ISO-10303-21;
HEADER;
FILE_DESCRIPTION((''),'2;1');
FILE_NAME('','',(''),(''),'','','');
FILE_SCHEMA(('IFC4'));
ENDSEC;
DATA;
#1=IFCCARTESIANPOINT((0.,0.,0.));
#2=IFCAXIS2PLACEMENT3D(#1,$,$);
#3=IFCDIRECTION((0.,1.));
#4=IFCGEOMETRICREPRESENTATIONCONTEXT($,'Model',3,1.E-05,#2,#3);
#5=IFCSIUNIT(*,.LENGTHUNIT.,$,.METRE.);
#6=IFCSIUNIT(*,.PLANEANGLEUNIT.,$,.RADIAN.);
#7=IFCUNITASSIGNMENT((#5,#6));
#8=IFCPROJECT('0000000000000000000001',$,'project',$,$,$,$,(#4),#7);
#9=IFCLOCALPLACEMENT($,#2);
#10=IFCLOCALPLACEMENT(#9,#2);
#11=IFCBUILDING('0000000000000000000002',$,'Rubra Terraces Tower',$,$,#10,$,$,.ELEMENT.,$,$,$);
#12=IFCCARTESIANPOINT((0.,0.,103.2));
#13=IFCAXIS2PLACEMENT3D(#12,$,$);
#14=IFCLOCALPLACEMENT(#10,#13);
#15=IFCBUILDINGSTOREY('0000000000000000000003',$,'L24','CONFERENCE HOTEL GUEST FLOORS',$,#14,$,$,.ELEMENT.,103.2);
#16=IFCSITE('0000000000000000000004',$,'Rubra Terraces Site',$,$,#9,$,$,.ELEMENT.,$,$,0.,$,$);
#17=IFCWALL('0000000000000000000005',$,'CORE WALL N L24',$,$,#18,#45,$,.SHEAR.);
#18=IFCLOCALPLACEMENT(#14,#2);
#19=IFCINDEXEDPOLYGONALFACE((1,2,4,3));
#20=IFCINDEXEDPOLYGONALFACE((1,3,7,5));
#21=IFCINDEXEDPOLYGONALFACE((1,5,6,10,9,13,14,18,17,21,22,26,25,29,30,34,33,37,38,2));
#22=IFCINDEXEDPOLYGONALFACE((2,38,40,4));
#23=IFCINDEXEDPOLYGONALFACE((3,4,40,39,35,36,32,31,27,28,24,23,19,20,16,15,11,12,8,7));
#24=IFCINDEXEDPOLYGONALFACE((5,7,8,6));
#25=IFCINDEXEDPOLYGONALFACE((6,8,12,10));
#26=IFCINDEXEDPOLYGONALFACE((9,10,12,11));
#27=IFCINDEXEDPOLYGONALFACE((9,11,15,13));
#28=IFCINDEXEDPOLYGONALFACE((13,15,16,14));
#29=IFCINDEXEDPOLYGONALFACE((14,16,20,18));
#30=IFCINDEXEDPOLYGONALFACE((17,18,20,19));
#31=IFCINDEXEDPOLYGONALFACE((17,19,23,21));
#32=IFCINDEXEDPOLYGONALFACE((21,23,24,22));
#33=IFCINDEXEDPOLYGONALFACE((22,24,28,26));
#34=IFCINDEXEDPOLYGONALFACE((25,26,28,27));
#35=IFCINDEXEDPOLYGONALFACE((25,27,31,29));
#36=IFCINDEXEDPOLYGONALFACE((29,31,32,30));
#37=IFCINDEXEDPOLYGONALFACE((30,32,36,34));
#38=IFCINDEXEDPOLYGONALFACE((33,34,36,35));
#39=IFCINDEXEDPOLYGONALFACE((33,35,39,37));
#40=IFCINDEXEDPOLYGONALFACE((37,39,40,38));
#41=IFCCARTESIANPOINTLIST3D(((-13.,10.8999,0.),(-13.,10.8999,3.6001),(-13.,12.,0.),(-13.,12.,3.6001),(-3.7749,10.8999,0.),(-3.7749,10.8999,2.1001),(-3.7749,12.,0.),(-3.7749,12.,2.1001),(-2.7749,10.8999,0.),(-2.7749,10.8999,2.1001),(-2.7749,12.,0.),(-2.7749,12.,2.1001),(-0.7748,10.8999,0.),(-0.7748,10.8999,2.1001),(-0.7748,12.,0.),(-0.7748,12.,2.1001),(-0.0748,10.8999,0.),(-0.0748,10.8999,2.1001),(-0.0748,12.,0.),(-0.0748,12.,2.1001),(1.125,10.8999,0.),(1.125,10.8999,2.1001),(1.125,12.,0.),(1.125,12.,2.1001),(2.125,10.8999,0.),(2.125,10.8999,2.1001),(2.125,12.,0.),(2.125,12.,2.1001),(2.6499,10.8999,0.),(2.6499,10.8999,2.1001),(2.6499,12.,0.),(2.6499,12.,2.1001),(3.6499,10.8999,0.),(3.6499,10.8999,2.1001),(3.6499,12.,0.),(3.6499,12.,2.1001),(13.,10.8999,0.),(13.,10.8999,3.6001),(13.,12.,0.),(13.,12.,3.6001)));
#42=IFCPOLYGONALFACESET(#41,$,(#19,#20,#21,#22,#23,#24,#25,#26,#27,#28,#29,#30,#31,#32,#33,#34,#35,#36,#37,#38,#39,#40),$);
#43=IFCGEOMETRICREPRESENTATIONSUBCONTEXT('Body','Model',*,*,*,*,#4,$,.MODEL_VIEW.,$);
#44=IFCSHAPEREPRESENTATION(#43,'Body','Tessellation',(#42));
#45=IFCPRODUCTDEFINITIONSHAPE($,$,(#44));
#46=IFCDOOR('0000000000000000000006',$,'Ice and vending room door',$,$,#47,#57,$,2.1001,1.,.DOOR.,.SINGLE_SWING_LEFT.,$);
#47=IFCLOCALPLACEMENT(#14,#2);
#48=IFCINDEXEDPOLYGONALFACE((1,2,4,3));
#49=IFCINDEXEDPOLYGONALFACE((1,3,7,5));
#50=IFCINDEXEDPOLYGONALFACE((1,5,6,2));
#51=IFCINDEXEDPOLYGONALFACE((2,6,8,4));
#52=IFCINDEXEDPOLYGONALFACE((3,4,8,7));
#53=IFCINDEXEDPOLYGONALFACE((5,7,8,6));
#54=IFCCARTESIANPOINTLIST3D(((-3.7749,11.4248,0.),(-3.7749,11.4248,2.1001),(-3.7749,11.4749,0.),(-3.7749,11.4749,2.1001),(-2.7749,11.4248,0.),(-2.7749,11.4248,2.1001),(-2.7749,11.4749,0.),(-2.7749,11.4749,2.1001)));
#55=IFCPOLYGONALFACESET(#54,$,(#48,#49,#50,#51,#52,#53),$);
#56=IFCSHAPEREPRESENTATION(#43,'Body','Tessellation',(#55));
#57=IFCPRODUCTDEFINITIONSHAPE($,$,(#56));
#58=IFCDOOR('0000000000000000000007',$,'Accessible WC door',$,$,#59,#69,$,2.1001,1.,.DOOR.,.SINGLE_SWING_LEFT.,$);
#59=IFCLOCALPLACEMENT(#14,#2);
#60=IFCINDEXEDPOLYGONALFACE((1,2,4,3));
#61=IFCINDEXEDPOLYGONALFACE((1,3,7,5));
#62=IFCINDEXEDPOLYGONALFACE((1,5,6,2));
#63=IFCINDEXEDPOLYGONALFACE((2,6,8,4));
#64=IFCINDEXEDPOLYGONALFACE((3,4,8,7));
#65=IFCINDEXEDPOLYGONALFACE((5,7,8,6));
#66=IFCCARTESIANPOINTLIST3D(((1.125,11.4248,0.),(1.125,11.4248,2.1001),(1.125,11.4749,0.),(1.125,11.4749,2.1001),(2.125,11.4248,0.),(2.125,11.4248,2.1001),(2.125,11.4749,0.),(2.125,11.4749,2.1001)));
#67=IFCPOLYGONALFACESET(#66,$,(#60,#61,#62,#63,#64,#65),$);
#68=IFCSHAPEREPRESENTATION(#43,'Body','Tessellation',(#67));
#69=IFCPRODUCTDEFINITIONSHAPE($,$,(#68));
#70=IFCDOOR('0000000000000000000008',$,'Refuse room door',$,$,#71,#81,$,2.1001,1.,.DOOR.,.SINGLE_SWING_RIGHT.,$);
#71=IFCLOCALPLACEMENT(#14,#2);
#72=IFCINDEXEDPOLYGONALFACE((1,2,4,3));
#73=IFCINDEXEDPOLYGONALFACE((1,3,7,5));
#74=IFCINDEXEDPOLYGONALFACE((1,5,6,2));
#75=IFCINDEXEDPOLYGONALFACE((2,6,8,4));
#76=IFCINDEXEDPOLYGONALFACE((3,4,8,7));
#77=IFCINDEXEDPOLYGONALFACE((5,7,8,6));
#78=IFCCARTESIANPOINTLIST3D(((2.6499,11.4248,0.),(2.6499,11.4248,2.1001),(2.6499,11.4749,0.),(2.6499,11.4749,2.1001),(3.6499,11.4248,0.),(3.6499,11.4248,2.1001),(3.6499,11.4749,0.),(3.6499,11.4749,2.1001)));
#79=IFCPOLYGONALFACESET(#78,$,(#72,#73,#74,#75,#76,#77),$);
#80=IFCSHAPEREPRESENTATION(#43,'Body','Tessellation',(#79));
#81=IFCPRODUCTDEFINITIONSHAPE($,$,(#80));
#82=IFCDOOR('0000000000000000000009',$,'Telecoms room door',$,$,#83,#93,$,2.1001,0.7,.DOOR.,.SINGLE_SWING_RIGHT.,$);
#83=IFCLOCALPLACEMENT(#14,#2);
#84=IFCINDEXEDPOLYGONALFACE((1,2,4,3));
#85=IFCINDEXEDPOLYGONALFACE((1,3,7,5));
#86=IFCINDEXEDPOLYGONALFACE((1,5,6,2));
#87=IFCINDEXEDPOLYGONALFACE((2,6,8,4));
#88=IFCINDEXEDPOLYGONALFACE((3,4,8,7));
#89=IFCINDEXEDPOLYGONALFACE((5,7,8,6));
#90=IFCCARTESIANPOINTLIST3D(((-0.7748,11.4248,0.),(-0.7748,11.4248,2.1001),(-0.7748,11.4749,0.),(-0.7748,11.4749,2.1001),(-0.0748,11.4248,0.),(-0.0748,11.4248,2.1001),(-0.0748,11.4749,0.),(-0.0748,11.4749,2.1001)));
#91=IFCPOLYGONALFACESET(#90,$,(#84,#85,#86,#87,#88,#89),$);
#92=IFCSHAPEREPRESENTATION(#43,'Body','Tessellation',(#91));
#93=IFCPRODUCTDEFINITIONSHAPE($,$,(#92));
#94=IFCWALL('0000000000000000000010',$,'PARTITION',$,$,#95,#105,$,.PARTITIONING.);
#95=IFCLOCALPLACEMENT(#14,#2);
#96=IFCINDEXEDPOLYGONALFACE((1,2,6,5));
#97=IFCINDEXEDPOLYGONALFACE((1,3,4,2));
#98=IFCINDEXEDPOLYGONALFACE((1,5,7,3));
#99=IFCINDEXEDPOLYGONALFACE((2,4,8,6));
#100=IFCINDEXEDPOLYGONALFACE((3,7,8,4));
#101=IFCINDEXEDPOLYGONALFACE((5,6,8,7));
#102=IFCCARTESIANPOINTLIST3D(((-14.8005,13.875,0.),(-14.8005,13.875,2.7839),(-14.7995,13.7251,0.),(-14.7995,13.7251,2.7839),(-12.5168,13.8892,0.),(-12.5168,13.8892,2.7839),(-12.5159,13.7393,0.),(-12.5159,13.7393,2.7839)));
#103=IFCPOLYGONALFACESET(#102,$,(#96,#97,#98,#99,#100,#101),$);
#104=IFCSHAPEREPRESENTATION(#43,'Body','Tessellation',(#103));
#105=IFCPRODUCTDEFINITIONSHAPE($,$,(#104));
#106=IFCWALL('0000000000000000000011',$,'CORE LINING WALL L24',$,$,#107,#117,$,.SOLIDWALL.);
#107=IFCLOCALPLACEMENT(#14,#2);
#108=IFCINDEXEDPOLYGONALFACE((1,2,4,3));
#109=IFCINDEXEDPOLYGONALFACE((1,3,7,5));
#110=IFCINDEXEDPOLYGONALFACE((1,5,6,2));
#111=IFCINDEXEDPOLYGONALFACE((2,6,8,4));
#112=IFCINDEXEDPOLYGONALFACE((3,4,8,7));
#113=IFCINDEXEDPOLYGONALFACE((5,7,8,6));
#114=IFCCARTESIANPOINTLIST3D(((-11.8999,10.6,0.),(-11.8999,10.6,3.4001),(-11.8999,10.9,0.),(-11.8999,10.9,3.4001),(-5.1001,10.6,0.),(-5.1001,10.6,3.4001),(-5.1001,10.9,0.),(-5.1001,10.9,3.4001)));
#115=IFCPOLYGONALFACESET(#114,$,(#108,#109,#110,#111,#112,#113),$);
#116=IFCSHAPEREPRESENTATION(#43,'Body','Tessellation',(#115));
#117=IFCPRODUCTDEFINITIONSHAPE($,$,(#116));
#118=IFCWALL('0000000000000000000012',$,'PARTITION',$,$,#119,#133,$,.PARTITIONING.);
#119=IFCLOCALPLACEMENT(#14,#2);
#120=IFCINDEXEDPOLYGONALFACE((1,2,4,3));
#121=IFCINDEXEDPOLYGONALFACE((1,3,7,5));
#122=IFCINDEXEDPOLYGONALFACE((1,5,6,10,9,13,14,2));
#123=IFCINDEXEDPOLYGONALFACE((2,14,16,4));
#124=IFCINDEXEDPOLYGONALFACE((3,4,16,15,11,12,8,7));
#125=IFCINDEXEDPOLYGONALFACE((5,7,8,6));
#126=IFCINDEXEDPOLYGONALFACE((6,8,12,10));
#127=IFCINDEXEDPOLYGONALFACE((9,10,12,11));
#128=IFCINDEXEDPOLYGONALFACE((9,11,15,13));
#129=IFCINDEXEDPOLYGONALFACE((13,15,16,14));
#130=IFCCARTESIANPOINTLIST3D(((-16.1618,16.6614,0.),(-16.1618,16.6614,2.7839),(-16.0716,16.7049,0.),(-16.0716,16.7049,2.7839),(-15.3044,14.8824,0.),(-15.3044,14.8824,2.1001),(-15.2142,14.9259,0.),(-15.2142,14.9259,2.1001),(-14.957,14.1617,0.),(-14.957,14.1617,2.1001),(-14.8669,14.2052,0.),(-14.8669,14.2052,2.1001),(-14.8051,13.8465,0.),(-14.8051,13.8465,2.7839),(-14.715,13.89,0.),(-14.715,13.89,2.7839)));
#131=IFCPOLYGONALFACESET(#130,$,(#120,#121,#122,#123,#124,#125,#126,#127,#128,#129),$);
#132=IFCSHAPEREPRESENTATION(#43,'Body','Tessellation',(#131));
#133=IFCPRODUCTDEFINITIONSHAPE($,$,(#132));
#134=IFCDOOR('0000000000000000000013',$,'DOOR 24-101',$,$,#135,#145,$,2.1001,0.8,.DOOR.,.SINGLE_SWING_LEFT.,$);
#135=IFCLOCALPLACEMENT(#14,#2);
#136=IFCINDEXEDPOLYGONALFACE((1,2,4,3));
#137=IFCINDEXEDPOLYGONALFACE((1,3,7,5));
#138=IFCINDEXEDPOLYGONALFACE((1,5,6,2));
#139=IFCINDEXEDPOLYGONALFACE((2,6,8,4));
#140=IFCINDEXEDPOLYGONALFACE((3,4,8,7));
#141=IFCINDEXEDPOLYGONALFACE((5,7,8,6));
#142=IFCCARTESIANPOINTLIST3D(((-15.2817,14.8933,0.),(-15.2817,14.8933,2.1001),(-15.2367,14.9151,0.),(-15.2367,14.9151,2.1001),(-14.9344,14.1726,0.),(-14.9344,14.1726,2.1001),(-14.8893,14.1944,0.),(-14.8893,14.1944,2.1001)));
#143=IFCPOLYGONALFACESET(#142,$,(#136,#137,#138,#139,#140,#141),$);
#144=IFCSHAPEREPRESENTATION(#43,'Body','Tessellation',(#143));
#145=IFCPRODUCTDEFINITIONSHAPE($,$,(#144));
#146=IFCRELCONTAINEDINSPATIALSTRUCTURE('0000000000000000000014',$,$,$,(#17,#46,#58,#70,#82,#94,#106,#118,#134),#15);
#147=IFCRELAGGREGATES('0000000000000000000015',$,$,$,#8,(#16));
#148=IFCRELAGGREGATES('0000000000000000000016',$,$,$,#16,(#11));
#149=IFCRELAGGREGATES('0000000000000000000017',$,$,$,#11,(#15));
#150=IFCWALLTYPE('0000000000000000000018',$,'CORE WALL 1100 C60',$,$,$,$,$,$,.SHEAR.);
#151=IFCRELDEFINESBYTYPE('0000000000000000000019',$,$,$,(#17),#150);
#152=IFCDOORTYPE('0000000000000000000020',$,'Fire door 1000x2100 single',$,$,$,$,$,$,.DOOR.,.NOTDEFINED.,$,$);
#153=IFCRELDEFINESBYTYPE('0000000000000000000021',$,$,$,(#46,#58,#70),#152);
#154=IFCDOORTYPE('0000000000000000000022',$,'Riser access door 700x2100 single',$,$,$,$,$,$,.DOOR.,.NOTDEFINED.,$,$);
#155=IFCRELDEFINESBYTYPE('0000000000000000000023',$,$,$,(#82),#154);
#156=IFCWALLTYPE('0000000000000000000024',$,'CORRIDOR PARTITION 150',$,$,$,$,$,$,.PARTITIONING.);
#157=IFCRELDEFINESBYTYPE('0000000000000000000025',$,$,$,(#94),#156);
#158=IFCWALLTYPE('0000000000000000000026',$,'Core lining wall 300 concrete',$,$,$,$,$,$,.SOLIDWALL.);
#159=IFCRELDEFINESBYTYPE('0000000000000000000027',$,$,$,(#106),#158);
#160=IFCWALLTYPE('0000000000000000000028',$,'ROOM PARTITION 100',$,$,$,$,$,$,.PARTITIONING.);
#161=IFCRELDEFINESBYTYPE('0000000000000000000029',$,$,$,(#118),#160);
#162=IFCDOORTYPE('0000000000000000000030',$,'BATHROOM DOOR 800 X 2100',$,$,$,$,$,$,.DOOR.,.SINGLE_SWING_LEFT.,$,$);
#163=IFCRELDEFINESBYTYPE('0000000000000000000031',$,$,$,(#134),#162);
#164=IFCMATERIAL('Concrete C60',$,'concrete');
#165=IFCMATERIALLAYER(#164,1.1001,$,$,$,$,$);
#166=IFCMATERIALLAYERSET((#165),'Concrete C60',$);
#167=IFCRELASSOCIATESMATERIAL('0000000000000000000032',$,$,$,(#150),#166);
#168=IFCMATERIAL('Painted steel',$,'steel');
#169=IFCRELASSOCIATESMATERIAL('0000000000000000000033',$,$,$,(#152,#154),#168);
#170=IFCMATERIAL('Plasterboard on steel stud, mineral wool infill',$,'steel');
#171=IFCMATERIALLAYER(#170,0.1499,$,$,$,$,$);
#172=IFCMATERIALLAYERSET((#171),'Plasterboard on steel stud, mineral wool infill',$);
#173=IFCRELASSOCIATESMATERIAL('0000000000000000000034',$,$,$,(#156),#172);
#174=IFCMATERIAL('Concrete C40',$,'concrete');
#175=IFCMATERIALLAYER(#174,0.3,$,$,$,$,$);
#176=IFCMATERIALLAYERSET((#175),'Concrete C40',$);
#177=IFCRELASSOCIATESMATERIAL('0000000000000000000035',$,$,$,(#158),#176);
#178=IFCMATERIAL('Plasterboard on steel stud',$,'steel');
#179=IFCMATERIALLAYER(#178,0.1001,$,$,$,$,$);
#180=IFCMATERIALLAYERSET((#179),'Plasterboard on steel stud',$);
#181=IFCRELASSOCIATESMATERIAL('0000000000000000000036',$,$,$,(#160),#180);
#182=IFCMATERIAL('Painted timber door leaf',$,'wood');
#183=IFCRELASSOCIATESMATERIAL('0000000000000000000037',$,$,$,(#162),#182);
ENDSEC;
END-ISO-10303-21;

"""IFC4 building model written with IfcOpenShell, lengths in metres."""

from ifc_helpers import new_model, si_unit, direction, frame, frame_2d, origin, place, context, subcontext, project, spatial, rectangle, extrude, material, layer, layer_set, type_object, element, fill, save


model = new_model("IFC4")

# Units and contexts
model_context = context("Model", 3, precision=1e-05, world=origin(), true_north=direction((0.0, 1.0)))
body_context = subcontext(model_context, "Body", "Model", "MODEL_VIEW")
ifc_project = project(units=[si_unit("LENGTHUNIT", "METRE"), si_unit("PLANEANGLEUNIT", "RADIAN")], contexts=[model_context])

# Site, building, storey
site_placement = place(None, origin())
site = spatial("IfcSite", under=ifc_project, at=site_placement, Name="Rubra Terraces Site", CompositionType="ELEMENT", RefElevation=0.0)
building_placement = place(site_placement, origin())
building = spatial("IfcBuilding", under=site, at=building_placement, Name="Rubra Terraces Tower", CompositionType="ELEMENT")
storey_placement = place(building_placement, frame((0.0, 0.0, 103.2)))
storey = spatial("IfcBuildingStorey", under=building, at=storey_placement, Name="L24", Description="CONFERENCE HOTEL GUEST FLOORS", CompositionType="ELEMENT", Elevation=103.2)

# Shared definitions
ifc_material_1 = material(Name="Concrete C60", Category="concrete")

# Wall, openings, doors
ifc_layer_1 = layer(ifc_material_1, 1.1001)
ifc_layer_set_1 = layer_set([ifc_layer_1], Name="Concrete C60")
wall_type_1 = type_object("IfcWallType", Name="CORE WALL 1100 C60", PredefinedType="SHEAR", material=ifc_layer_set_1)
wall_1_placement = place(storey_placement, frame((-13.0, 11.45, 0.0), z_axis=(0.0, 0.0, 1.0), x_axis=(1.0, 0.0, 0.0)))
wall_1 = element("IfcWall", 1, at=wall_1_placement, inside=storey, type_object=wall_type_1, Name="CORE WALL N L24", PredefinedType="SHEAR", context=body_context, shape_type="SweptSolid", body=[
    extrude(rectangle(XDim=26.0, YDim=1.1001, at=frame_2d((13.0, 0.0))), origin(), (0.0, 0.0, 1.0), 3.6001),
])
opening_1_placement = place(wall_1_placement, frame((9.2251, 0.0, 0.0)))
opening_1 = element("IfcOpeningElement", 2, at=opening_1_placement, cuts=wall_1, PredefinedType="OPENING", context=body_context, shape_type="SweptSolid", body=[
    extrude(rectangle(XDim=1.0, YDim=2.1001, at=frame_2d((0.5, 1.05))), frame((0.0, 0.5601, 0.0), z_axis=(0.0, -1.0, 0.0), x_axis=(1.0, 0.0, 0.0)), (0.0, 0.0, 1.0), 1.1201),
])
opening_2_placement = place(wall_1_placement, frame((12.2251, 0.0, 0.0)))
opening_2 = element("IfcOpeningElement", 3, at=opening_2_placement, cuts=wall_1, PredefinedType="OPENING", context=body_context, shape_type="SweptSolid", body=[
    extrude(rectangle(XDim=0.7, YDim=2.1001, at=frame_2d((0.3501, 1.05))), frame((0.0, 0.5601, 0.0), z_axis=(0.0, -1.0, 0.0), x_axis=(1.0, 0.0, 0.0)), (0.0, 0.0, 1.0), 1.1201),
])
opening_3_placement = place(wall_1_placement, frame((14.125, 0.0, 0.0)))
opening_3 = element("IfcOpeningElement", 4, at=opening_3_placement, cuts=wall_1, PredefinedType="OPENING", context=body_context, shape_type="SweptSolid", body=[
    extrude(rectangle(XDim=1.0, YDim=2.1001, at=frame_2d((0.5, 1.05))), frame((0.0, 0.5601, 0.0), z_axis=(0.0, -1.0, 0.0), x_axis=(1.0, 0.0, 0.0)), (0.0, 0.0, 1.0), 1.1201),
])
opening_4_placement = place(wall_1_placement, frame((15.6499, 0.0, 0.0)))
opening_4 = element("IfcOpeningElement", 5, at=opening_4_placement, cuts=wall_1, PredefinedType="OPENING", context=body_context, shape_type="SweptSolid", body=[
    extrude(rectangle(XDim=1.0, YDim=2.1001, at=frame_2d((0.5, 1.05))), frame((0.0, 0.5601, 0.0), z_axis=(0.0, -1.0, 0.0), x_axis=(1.0, 0.0, 0.0)), (0.0, 0.0, 1.0), 1.1201),
])
ifc_material_2 = material(Name="Painted steel", Category="steel")
door_type_1 = type_object("IfcDoorType", Name="Fire door 1000x2100 single", OperationType="NOTDEFINED", PredefinedType="DOOR", material=ifc_material_2)
door_1_placement = place(opening_1_placement, origin())
door_1 = element("IfcDoor", 6, at=door_1_placement, inside=storey, type_object=door_type_1, Name="Ice and vending room door", OperationType="SINGLE_SWING_LEFT", OverallHeight=2.1001, OverallWidth=1.0, PredefinedType="DOOR", context=body_context, shape_type="SweptSolid", body=[
    extrude(rectangle(XDim=1.0, YDim=2.1001, at=frame_2d((0.5, 1.05))), frame((0.0, 0.0249, 0.0), z_axis=(0.0, -1.0, 0.0), x_axis=(1.0, 0.0, 0.0)), (0.0, 0.0, 1.0), 0.05),
])
fill(opening_1, door_1)
door_2_placement = place(opening_3_placement, origin())
door_2 = element("IfcDoor", 7, at=door_2_placement, inside=storey, type_object=door_type_1, Name="Accessible WC door", OperationType="SINGLE_SWING_LEFT", OverallHeight=2.1001, OverallWidth=1.0, PredefinedType="DOOR", context=body_context, shape_type="SweptSolid", body=[
    extrude(rectangle(XDim=1.0, YDim=2.1001, at=frame_2d((0.5, 1.05))), frame((0.0, 0.0249, 0.0), z_axis=(0.0, -1.0, 0.0), x_axis=(1.0, 0.0, 0.0)), (0.0, 0.0, 1.0), 0.05),
])
fill(opening_3, door_2)
door_3_placement = place(opening_4_placement, origin())
door_3 = element("IfcDoor", 8, at=door_3_placement, inside=storey, type_object=door_type_1, Name="Refuse room door", OperationType="SINGLE_SWING_RIGHT", OverallHeight=2.1001, OverallWidth=1.0, PredefinedType="DOOR", context=body_context, shape_type="SweptSolid", body=[
    extrude(rectangle(XDim=1.0, YDim=2.1001, at=frame_2d((0.5, 1.05))), frame((0.0, 0.0249, 0.0), z_axis=(0.0, -1.0, 0.0), x_axis=(1.0, 0.0, 0.0)), (0.0, 0.0, 1.0), 0.05),
])
fill(opening_4, door_3)
door_type_2 = type_object("IfcDoorType", Name="Riser access door 700x2100 single", OperationType="NOTDEFINED", PredefinedType="DOOR", material=ifc_material_2)
door_4_placement = place(opening_2_placement, origin())
door_4 = element("IfcDoor", 9, at=door_4_placement, inside=storey, type_object=door_type_2, Name="Telecoms room door", OperationType="SINGLE_SWING_RIGHT", OverallHeight=2.1001, OverallWidth=0.7, PredefinedType="DOOR", context=body_context, shape_type="SweptSolid", body=[
    extrude(rectangle(XDim=0.7, YDim=2.1001, at=frame_2d((0.3501, 1.05))), frame((0.0, 0.0249, 0.0), z_axis=(0.0, -1.0, 0.0), x_axis=(1.0, 0.0, 0.0)), (0.0, 0.0, 1.0), 0.05),
])
fill(opening_2, door_4)

# Walls
ifc_material_3 = material(Name="Plasterboard on steel stud, mineral wool infill", Category="steel")
ifc_layer_2 = layer(ifc_material_3, 0.1499)
ifc_layer_set_2 = layer_set([ifc_layer_2], Name="Plasterboard on steel stud, mineral wool infill")
wall_type_2 = type_object("IfcWallType", Name="CORRIDOR PARTITION 150", PredefinedType="PARTITIONING", material=ifc_layer_set_2)
wall_2_placement = place(storey_placement, frame((-12.5164, 13.8142, 0.0), z_axis=(0.0, 0.0, 1.0), x_axis=(-0.999981, -0.0062, 0.0)))
element("IfcWall", 10, at=wall_2_placement, inside=storey, type_object=wall_type_2, Name="PARTITION", PredefinedType="PARTITIONING", context=body_context, shape_type="SweptSolid", body=[
    extrude(rectangle(XDim=2.2837, YDim=0.1499, at=frame_2d((1.1418, 0.0))), origin(), (0.0, 0.0, 1.0), 2.7839),
])
ifc_material_4 = material(Name="Concrete C40", Category="concrete")
ifc_layer_3 = layer(ifc_material_4, 0.3)
ifc_layer_set_3 = layer_set([ifc_layer_3], Name="Concrete C40")
wall_type_3 = type_object("IfcWallType", Name="Core lining wall 300 concrete", PredefinedType="SOLIDWALL", material=ifc_layer_set_3)
wall_3_placement = place(storey_placement, frame((-11.8999, 10.75, 0.0), z_axis=(0.0, 0.0, 1.0), x_axis=(1.0, 0.0, 0.0)))
element("IfcWall", 11, at=wall_3_placement, inside=storey, type_object=wall_type_3, Name="CORE LINING WALL L24", PredefinedType="SOLIDWALL", context=body_context, shape_type="SweptSolid", body=[
    extrude(rectangle(XDim=6.7998, YDim=0.3, at=frame_2d((3.3999, 0.0))), origin(), (0.0, 0.0, 1.0), 3.4001),
])

# Wall, opening, door
ifc_material_5 = material(Name="Plasterboard on steel stud", Category="steel")
ifc_layer_4 = layer(ifc_material_5, 0.1001)
ifc_layer_set_4 = layer_set([ifc_layer_4], Name="Plasterboard on steel stud")
wall_type_4 = type_object("IfcWallType", Name="ROOM PARTITION 100", PredefinedType="PARTITIONING", material=ifc_layer_set_4)
wall_4_placement = place(storey_placement, frame((-14.76, 13.8682, 0.0), z_axis=(0.0, 0.0, 1.0), x_axis=(-0.434166, 0.900833, 0.0)))
wall_4 = element("IfcWall", 12, at=wall_4_placement, inside=storey, type_object=wall_type_4, Name="PARTITION", PredefinedType="PARTITIONING", context=body_context, shape_type="SweptSolid", body=[
    extrude(rectangle(XDim=3.1248, YDim=0.1001, at=frame_2d((1.5625, 0.0))), origin(), (0.0, 0.0, 1.0), 2.7839),
])
opening_5_placement = place(wall_4_placement, frame((0.3501, 0.0, 0.0)))
opening_5 = element("IfcOpeningElement", 13, at=opening_5_placement, cuts=wall_4, PredefinedType="OPENING", context=body_context, shape_type="SweptSolid", body=[
    extrude(rectangle(XDim=0.8, YDim=2.1001, at=frame_2d((0.3999, 1.05))), frame((0.0, 0.0601, 0.0), z_axis=(0.0, -1.0, 0.0), x_axis=(1.0, 0.0, 0.0)), (0.0, 0.0, 1.0), 0.1201),
])
ifc_material_6 = material(Name="Painted timber door leaf", Category="wood")
door_type_3 = type_object("IfcDoorType", Name="BATHROOM DOOR 800 X 2100", OperationType="SINGLE_SWING_LEFT", PredefinedType="DOOR", material=ifc_material_6)
door_5_placement = place(opening_5_placement, origin())
door_5 = element("IfcDoor", 14, at=door_5_placement, inside=storey, type_object=door_type_3, Name="DOOR 24-101", OperationType="SINGLE_SWING_LEFT", OverallHeight=2.1001, OverallWidth=0.8, PredefinedType="DOOR", context=body_context, shape_type="SweptSolid", body=[
    extrude(rectangle(XDim=0.8, YDim=2.1001, at=frame_2d((0.3999, 1.05))), frame((0.0, 0.0249, 0.0), z_axis=(0.0, -1.0, 0.0), x_axis=(1.0, 0.0, 0.0)), (0.0, 0.0, 1.0), 0.05),
])
fill(opening_5, door_5)

save(model, "model.ifc")
